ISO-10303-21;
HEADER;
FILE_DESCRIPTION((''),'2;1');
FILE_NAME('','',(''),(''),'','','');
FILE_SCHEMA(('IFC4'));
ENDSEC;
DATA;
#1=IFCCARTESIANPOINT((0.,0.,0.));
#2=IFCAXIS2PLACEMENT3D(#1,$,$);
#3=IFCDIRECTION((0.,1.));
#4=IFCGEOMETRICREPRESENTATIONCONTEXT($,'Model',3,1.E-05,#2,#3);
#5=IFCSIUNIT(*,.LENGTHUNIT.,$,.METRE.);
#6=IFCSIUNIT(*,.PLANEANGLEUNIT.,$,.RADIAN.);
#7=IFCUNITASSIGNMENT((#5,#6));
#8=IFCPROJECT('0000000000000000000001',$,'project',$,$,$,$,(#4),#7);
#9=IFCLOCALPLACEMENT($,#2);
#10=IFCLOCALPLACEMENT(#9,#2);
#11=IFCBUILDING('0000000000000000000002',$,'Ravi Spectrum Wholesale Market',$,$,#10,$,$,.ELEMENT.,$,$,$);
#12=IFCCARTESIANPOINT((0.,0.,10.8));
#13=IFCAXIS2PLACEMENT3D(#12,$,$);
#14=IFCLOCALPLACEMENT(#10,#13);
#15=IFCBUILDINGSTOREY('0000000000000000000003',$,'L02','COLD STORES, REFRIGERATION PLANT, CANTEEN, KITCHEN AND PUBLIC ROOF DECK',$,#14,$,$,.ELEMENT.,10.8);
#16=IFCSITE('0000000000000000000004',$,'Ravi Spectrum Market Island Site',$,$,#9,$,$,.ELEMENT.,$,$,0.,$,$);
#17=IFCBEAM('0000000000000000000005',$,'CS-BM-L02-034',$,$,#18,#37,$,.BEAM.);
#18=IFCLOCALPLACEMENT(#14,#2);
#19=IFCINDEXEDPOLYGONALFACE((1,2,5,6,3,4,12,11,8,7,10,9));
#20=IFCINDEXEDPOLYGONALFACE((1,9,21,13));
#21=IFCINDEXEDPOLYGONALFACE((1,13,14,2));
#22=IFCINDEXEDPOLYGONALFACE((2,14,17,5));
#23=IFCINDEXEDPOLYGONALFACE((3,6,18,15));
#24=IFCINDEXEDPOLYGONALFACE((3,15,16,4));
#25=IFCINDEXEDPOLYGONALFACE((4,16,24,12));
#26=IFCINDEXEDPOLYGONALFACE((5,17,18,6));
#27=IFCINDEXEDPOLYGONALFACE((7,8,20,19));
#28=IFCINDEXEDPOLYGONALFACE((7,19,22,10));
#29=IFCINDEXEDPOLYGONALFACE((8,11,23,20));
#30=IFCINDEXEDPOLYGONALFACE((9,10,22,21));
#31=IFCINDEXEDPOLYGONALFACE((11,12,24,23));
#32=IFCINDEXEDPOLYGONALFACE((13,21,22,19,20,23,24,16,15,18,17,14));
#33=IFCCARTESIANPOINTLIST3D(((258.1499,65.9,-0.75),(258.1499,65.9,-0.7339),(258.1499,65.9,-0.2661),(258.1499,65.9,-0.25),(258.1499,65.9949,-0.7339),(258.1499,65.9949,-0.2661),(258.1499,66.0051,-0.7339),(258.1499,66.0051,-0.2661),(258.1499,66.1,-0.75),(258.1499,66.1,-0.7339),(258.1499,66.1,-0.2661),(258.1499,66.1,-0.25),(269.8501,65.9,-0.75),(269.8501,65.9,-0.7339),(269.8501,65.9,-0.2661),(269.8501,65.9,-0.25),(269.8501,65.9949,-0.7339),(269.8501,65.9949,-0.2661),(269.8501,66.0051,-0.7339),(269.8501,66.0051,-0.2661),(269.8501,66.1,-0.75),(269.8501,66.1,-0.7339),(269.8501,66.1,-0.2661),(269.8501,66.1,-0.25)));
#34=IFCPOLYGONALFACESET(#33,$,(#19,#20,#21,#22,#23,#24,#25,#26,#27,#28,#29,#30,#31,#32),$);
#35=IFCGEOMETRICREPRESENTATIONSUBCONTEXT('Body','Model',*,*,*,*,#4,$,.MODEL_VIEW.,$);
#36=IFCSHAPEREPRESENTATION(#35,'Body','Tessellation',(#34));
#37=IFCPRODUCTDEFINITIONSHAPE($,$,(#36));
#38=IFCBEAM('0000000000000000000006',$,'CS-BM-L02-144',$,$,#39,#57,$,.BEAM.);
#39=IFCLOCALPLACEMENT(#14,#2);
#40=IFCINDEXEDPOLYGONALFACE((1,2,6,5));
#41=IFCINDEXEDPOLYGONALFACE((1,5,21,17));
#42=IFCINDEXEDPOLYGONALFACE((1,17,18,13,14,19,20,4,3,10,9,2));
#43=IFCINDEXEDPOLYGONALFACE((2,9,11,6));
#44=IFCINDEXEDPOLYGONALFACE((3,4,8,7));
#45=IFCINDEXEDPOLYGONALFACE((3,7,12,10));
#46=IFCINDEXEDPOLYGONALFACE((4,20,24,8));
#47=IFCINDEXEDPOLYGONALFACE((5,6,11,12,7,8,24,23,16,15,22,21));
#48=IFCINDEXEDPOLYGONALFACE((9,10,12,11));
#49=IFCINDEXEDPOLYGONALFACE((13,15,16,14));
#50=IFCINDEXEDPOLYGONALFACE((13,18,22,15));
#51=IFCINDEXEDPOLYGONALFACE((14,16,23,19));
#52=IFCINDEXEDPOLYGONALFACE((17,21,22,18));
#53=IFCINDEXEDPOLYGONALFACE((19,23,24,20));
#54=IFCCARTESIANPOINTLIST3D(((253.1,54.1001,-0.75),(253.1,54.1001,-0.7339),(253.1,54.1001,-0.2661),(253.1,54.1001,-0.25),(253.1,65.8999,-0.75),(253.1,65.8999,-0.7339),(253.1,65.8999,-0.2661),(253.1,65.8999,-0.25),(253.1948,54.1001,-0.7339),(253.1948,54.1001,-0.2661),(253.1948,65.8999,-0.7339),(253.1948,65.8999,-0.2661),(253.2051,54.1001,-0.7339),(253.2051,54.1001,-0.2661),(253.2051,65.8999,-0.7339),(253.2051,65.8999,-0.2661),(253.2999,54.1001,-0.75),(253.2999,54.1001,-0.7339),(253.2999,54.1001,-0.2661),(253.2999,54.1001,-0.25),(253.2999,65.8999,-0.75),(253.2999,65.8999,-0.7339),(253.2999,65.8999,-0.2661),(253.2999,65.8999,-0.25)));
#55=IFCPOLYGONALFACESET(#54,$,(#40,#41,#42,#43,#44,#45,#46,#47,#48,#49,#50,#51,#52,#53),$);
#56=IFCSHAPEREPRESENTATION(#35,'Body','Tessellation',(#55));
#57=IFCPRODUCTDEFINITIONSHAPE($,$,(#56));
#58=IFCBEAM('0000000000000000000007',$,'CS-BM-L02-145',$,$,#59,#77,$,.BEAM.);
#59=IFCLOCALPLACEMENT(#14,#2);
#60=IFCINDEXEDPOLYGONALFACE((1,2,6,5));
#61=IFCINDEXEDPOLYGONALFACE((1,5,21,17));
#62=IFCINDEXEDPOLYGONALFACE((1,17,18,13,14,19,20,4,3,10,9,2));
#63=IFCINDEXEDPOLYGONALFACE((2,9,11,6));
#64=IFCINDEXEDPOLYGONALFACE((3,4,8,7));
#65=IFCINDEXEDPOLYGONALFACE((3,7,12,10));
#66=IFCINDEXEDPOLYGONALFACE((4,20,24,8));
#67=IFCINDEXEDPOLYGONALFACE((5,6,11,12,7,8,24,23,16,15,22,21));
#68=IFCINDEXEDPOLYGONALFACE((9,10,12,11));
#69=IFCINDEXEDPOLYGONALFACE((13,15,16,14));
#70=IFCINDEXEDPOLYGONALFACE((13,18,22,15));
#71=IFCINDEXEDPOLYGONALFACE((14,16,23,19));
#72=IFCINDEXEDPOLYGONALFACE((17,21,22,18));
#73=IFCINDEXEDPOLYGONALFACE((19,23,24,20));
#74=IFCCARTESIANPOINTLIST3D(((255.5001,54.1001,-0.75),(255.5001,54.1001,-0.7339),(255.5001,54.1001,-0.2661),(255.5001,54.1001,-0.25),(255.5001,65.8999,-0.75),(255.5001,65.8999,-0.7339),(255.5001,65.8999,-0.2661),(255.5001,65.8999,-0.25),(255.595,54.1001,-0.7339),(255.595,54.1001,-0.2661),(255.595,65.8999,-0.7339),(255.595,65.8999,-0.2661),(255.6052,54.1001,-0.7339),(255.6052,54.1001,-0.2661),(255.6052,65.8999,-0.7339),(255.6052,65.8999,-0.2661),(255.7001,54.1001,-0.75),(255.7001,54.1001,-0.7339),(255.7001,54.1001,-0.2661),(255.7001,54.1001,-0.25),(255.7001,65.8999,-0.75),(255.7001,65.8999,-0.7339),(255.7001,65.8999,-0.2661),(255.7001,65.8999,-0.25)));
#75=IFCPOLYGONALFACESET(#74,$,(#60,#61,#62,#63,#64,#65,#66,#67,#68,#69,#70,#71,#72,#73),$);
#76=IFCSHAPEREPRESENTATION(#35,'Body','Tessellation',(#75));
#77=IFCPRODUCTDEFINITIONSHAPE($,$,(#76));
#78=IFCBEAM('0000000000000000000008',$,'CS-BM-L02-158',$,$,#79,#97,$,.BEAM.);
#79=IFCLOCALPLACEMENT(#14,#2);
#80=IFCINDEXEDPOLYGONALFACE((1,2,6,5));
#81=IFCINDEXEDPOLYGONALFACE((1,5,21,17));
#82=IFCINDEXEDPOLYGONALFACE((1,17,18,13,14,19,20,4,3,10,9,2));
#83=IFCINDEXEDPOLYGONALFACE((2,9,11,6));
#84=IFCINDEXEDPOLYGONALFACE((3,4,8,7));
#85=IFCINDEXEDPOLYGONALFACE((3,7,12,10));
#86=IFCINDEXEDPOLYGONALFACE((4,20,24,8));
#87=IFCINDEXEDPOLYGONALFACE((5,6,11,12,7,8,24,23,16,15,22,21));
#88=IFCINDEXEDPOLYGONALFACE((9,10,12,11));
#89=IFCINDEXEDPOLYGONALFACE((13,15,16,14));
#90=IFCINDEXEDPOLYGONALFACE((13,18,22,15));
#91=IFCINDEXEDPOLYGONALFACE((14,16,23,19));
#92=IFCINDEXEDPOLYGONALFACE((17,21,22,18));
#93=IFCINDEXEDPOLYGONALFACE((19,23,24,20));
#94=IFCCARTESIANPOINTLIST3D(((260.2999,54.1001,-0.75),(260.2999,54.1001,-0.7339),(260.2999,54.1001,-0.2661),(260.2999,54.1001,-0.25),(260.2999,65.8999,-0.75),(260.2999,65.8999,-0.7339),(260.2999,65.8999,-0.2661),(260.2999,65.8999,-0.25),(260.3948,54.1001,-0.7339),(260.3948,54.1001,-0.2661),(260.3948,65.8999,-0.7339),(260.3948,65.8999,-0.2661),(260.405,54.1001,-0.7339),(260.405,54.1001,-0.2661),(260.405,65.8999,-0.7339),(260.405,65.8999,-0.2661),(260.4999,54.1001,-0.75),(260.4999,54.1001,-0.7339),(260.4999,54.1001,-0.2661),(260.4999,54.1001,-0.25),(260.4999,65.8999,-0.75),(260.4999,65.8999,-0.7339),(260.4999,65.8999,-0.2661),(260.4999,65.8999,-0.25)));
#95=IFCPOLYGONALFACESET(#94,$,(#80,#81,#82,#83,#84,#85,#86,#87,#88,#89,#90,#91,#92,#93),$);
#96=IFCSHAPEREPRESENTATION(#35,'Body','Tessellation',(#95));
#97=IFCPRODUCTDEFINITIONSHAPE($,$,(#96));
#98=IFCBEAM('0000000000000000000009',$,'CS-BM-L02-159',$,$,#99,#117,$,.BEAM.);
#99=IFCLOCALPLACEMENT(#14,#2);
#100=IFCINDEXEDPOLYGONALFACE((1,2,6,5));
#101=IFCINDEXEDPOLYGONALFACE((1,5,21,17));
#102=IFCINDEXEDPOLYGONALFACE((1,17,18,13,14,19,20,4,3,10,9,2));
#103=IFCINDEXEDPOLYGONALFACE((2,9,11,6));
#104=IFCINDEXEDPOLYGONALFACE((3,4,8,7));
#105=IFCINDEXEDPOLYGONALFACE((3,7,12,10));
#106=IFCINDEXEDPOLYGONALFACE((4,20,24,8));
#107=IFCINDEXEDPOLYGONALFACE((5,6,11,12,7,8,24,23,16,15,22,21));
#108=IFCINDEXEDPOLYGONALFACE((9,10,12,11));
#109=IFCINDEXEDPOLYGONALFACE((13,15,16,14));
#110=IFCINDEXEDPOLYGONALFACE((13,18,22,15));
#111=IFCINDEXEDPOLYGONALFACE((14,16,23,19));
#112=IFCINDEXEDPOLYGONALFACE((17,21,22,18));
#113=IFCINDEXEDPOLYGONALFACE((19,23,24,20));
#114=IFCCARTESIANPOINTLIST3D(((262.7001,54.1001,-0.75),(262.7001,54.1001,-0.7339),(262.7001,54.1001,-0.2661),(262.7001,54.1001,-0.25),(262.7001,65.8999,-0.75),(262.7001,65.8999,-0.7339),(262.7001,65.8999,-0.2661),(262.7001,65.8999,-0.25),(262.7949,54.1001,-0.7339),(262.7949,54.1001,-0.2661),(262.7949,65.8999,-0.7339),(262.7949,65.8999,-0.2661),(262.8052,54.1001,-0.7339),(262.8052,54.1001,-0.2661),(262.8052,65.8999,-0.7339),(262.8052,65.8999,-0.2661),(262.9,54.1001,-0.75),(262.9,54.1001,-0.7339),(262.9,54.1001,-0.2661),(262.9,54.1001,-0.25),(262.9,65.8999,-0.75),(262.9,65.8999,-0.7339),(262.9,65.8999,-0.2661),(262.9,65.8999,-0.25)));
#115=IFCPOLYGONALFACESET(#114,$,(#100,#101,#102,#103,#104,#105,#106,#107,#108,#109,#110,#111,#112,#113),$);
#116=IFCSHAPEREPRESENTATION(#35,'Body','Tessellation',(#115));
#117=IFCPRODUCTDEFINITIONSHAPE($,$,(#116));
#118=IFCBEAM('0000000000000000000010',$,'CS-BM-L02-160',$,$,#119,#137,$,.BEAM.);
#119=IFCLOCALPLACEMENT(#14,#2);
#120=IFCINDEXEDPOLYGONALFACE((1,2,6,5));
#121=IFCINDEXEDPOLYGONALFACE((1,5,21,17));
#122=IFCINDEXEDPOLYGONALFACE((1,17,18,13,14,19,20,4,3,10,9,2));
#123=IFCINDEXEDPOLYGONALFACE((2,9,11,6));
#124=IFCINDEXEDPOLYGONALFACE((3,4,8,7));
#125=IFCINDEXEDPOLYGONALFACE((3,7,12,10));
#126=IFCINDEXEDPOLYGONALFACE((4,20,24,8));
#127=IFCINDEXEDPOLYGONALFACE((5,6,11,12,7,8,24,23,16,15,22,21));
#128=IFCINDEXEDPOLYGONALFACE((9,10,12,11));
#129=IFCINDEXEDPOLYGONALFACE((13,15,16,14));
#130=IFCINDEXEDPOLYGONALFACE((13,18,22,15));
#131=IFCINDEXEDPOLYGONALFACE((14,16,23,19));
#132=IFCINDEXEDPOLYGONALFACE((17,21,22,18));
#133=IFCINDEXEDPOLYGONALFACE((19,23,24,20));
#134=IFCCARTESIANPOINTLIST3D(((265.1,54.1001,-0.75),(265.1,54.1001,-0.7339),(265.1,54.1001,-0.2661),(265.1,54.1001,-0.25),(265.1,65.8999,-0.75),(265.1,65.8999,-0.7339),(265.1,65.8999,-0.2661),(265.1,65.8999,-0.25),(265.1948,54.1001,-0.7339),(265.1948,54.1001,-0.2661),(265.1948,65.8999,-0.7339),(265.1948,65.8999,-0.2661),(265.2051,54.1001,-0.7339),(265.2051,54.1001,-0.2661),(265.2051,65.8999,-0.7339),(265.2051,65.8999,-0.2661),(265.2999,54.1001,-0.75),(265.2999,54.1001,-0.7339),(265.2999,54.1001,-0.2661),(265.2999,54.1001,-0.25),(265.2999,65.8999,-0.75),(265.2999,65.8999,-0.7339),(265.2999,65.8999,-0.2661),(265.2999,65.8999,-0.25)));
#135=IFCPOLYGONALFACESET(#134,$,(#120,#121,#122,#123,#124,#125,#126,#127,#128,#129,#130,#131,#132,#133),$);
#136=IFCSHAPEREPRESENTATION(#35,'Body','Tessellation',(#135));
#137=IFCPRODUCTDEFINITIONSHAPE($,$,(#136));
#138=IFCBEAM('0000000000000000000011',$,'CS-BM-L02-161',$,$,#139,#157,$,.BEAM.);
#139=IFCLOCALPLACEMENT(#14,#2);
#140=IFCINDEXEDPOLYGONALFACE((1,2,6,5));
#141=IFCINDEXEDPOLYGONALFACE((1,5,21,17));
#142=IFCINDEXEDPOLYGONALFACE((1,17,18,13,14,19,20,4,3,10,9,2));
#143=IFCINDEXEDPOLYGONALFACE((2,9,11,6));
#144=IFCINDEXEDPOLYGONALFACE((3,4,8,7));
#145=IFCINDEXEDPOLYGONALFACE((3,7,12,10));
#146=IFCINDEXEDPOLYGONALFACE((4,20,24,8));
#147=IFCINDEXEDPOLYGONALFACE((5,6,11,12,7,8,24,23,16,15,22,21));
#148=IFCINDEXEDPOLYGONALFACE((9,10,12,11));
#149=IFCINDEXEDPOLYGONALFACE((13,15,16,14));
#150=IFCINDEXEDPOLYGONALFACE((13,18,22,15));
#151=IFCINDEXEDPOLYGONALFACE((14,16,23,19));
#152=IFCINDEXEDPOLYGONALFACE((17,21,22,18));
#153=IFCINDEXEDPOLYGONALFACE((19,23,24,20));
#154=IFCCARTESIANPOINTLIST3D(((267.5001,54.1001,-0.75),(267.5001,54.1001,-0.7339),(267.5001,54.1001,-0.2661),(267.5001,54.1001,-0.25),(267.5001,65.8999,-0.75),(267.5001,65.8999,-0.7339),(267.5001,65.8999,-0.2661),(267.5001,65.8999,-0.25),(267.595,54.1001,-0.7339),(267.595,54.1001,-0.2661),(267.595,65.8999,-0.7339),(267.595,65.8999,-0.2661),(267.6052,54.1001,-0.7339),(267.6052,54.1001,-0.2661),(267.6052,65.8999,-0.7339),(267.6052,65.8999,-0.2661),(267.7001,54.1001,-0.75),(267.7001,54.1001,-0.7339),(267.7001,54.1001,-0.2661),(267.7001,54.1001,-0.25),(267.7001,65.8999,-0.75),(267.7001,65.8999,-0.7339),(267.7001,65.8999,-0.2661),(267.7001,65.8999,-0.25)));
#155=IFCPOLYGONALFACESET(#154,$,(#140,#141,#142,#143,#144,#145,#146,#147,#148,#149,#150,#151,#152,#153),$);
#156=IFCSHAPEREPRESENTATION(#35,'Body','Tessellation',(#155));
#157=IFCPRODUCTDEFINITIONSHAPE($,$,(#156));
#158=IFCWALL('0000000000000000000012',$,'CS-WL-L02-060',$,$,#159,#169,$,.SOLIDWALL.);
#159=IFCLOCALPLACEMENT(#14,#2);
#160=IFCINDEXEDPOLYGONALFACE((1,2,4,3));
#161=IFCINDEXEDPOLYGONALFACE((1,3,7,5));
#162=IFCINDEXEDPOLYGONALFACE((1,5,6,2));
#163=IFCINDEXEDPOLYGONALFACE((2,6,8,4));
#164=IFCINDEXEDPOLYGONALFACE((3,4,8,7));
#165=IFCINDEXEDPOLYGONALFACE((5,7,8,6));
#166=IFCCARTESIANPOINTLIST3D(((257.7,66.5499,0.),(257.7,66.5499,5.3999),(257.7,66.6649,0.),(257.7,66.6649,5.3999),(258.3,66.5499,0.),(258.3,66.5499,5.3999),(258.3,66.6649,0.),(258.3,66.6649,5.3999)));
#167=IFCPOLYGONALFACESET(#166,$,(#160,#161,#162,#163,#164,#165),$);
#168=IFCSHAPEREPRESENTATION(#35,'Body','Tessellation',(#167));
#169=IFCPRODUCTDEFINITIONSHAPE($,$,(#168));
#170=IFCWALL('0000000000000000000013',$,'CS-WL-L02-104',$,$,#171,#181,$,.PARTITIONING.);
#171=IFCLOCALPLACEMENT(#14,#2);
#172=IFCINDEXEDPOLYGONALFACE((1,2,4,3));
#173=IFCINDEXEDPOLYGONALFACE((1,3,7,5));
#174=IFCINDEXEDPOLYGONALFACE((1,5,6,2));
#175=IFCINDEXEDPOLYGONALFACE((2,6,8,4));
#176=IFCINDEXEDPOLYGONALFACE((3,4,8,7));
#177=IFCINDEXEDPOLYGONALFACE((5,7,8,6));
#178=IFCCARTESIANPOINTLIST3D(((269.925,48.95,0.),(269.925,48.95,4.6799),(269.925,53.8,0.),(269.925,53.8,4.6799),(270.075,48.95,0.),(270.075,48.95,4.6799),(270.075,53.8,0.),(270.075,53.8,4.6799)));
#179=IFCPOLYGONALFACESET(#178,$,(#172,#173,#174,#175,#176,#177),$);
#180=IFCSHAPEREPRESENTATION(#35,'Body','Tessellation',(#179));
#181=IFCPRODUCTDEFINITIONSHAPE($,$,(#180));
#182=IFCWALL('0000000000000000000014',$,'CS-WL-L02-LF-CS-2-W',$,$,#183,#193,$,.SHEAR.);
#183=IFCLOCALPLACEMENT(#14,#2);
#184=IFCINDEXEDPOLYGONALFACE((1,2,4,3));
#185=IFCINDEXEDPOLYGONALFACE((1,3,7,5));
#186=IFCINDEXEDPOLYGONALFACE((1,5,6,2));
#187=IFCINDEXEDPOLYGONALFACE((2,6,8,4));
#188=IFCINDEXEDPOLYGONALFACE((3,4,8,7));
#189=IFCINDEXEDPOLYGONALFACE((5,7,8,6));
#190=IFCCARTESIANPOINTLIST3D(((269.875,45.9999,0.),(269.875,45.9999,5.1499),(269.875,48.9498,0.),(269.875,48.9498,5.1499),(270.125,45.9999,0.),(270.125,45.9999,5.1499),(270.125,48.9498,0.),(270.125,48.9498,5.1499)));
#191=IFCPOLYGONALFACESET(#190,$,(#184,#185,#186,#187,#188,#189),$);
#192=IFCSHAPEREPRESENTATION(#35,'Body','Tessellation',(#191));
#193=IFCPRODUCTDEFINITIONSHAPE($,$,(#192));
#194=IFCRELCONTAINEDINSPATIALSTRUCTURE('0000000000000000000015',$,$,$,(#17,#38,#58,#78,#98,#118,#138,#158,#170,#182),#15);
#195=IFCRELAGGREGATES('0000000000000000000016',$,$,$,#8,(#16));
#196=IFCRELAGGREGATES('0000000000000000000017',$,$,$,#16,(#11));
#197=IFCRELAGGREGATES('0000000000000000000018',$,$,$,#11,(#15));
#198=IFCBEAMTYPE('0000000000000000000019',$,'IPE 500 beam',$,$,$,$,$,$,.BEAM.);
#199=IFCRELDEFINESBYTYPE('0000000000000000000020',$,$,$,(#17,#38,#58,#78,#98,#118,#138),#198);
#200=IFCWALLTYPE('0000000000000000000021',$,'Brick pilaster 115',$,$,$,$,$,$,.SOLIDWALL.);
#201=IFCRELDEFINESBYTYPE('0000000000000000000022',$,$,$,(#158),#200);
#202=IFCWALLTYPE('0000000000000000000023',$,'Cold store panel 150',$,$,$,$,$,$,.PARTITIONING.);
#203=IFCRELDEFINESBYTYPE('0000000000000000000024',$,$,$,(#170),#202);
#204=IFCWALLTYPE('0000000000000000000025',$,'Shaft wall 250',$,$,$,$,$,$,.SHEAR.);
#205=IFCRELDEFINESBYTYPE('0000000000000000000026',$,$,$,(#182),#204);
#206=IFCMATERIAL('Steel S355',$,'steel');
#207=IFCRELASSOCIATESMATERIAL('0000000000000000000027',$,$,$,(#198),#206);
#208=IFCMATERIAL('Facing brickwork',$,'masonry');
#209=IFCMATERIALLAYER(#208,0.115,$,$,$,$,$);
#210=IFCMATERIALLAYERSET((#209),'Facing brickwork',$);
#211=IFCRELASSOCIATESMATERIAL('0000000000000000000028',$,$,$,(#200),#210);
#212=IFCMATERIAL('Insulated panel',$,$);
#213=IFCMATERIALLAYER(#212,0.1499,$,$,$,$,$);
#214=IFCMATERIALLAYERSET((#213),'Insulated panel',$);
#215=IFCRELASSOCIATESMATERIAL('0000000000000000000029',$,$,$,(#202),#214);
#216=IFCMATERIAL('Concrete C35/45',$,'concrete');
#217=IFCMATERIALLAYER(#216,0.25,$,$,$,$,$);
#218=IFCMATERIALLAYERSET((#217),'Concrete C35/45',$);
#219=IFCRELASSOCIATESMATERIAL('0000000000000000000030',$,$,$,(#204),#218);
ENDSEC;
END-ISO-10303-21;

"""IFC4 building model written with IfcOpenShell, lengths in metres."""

from ifc_helpers import new_model, si_unit, direction, frame, frame_2d, origin, origin_2d, place, context, subcontext, project, spatial, rectangle, i_section, extrude, material, layer, layer_set, material_profile, profile_set, type_object, element, save


model = new_model("IFC4")

# Units and contexts
model_context = context("Model", 3, precision=1e-05, world=origin(), true_north=direction((0.0, 1.0)))
body_context = subcontext(model_context, "Body", "Model", "MODEL_VIEW")
ifc_project = project(units=[si_unit("LENGTHUNIT", "METRE"), si_unit("PLANEANGLEUNIT", "RADIAN")], contexts=[model_context])

# Site, building, storey
site_placement = place(None, origin())
site = spatial("IfcSite", under=ifc_project, at=site_placement, Name="Ravi Spectrum Market Island Site", CompositionType="ELEMENT", RefElevation=0.0)
building_placement = place(site_placement, origin())
building = spatial("IfcBuilding", under=site, at=building_placement, Name="Ravi Spectrum Wholesale Market", CompositionType="ELEMENT")
storey_placement = place(building_placement, frame((0.0, 0.0, 10.8)))
storey = spatial("IfcBuildingStorey", under=building, at=storey_placement, Name="L02", Description="COLD STORES, REFRIGERATION PLANT, CANTEEN, KITCHEN AND PUBLIC ROOF DECK", CompositionType="ELEMENT", Elevation=10.8)

# Beams
ifc_material_1 = material(Name="Steel S355", Category="steel")
ifc_material_profile_1 = material_profile(ifc_material_1, i_section(OverallWidth=0.2, OverallDepth=0.5, WebThickness=0.0103, FlangeThickness=0.0161, at=origin_2d()))
ifc_profile_set_1 = profile_set([ifc_material_profile_1], Name="Steel S355")
beam_type_1 = type_object("IfcBeamType", Name="IPE 500 beam", PredefinedType="BEAM", material=ifc_profile_set_1)
beam_1_placement = place(storey_placement, frame((258.1499, 66.0, -0.5), z_axis=(1.0, 0.0, 0.0), x_axis=(0.0, 1.0, 0.0)))
element("IfcBeam", 1, at=beam_1_placement, inside=storey, type_object=beam_type_1, Name="CS-BM-L02-034", PredefinedType="BEAM", context=body_context, shape_type="SweptSolid", body=[
    extrude(i_section(OverallWidth=0.2, OverallDepth=0.5, WebThickness=0.0103, FlangeThickness=0.0161, at=origin_2d()), origin(), (0.0, 0.0, 1.0), 11.7002),
])
for number, where, z_axis, x_axis, name in (
    (2, (253.2, 54.1001, -0.5), (0.0, 1.0, 0.0), (-1.0, 0.0, 0.0), "CS-BM-L02-144"),
    (3, (255.6001, 54.1001, -0.5), (0.0, 1.0, 0.0), (-1.0, 0.0, 0.0), "CS-BM-L02-145"),
    (4, (260.3999, 54.1001, -0.5), (0.0, 1.0, 0.0), (-1.0, 0.0, 0.0), "CS-BM-L02-158"),
    (5, (262.8, 54.1001, -0.5), (0.0, 1.0, 0.0), (-1.0, 0.0, 0.0), "CS-BM-L02-159"),
    (6, (265.2, 54.1001, -0.5), (0.0, 1.0, 0.0), (-1.0, 0.0, 0.0), "CS-BM-L02-160"),
    (7, (267.6001, 54.1001, -0.5), (0.0, 1.0, 0.0), (-1.0, 0.0, 0.0), "CS-BM-L02-161"),
):
    element("IfcBeam", number, at=place(storey_placement, frame(where, z_axis=z_axis, x_axis=x_axis)), inside=storey, type_object=beam_type_1, Name=name, PredefinedType="BEAM", context=body_context, shape_type="SweptSolid", body=[
        extrude(i_section(OverallWidth=0.2, OverallDepth=0.5, WebThickness=0.0103, FlangeThickness=0.0161, at=origin_2d()), origin(), (0.0, 0.0, 1.0), 11.7998),
    ])

# Walls
ifc_material_2 = material(Name="Facing brickwork", Category="masonry")
ifc_layer_1 = layer(ifc_material_2, 0.115)
ifc_layer_set_1 = layer_set([ifc_layer_1], Name="Facing brickwork")
wall_type_1 = type_object("IfcWallType", Name="Brick pilaster 115", PredefinedType="SOLIDWALL", material=ifc_layer_set_1)
wall_1_placement = place(storey_placement, frame((258.3, 66.6074, 0.0), z_axis=(0.0, 0.0, 1.0), x_axis=(-1.0, 0.0, 0.0)))
element("IfcWall", 8, at=wall_1_placement, inside=storey, type_object=wall_type_1, Name="CS-WL-L02-060", PredefinedType="SOLIDWALL", context=body_context, shape_type="SweptSolid", body=[
    extrude(rectangle(XDim=0.6001, YDim=0.115, at=frame_2d((0.3, 0.0))), origin(), (0.0, 0.0, 1.0), 5.3999),
])
ifc_material_3 = material(Name="Insulated panel")
ifc_layer_2 = layer(ifc_material_3, 0.1499)
ifc_layer_set_2 = layer_set([ifc_layer_2], Name="Insulated panel")
wall_type_2 = type_object("IfcWallType", Name="Cold store panel 150", PredefinedType="PARTITIONING", material=ifc_layer_set_2)
wall_2_placement = place(storey_placement, frame((270.0, 48.95, 0.0), z_axis=(0.0, 0.0, 1.0), x_axis=(0.0, 1.0, 0.0)))
element("IfcWall", 9, at=wall_2_placement, inside=storey, type_object=wall_type_2, Name="CS-WL-L02-104", PredefinedType="PARTITIONING", context=body_context, shape_type="SweptSolid", body=[
    extrude(rectangle(XDim=4.8501, YDim=0.1499, at=frame_2d((2.425, 0.0))), origin(), (0.0, 0.0, 1.0), 4.6799),
])
ifc_material_4 = material(Name="Concrete C35/45", Category="concrete")
ifc_layer_3 = layer(ifc_material_4, 0.25)
ifc_layer_set_3 = layer_set([ifc_layer_3], Name="Concrete C35/45")
wall_type_3 = type_object("IfcWallType", Name="Shaft wall 250", PredefinedType="SHEAR", material=ifc_layer_set_3)
wall_3_placement = place(storey_placement, frame((270.0, 48.95, 0.0), z_axis=(0.0, 0.0, 1.0), x_axis=(0.0, -1.0, 0.0)))
element("IfcWall", 10, at=wall_3_placement, inside=storey, type_object=wall_type_3, Name="CS-WL-L02-LF-CS-2-W", PredefinedType="SHEAR", context=body_context, shape_type="SweptSolid", body=[
    extrude(rectangle(XDim=2.95, YDim=0.25, at=frame_2d((1.4751, 0.0))), origin(), (0.0, 0.0, 1.0), 5.1499),
])

save(model, "model.ifc")
